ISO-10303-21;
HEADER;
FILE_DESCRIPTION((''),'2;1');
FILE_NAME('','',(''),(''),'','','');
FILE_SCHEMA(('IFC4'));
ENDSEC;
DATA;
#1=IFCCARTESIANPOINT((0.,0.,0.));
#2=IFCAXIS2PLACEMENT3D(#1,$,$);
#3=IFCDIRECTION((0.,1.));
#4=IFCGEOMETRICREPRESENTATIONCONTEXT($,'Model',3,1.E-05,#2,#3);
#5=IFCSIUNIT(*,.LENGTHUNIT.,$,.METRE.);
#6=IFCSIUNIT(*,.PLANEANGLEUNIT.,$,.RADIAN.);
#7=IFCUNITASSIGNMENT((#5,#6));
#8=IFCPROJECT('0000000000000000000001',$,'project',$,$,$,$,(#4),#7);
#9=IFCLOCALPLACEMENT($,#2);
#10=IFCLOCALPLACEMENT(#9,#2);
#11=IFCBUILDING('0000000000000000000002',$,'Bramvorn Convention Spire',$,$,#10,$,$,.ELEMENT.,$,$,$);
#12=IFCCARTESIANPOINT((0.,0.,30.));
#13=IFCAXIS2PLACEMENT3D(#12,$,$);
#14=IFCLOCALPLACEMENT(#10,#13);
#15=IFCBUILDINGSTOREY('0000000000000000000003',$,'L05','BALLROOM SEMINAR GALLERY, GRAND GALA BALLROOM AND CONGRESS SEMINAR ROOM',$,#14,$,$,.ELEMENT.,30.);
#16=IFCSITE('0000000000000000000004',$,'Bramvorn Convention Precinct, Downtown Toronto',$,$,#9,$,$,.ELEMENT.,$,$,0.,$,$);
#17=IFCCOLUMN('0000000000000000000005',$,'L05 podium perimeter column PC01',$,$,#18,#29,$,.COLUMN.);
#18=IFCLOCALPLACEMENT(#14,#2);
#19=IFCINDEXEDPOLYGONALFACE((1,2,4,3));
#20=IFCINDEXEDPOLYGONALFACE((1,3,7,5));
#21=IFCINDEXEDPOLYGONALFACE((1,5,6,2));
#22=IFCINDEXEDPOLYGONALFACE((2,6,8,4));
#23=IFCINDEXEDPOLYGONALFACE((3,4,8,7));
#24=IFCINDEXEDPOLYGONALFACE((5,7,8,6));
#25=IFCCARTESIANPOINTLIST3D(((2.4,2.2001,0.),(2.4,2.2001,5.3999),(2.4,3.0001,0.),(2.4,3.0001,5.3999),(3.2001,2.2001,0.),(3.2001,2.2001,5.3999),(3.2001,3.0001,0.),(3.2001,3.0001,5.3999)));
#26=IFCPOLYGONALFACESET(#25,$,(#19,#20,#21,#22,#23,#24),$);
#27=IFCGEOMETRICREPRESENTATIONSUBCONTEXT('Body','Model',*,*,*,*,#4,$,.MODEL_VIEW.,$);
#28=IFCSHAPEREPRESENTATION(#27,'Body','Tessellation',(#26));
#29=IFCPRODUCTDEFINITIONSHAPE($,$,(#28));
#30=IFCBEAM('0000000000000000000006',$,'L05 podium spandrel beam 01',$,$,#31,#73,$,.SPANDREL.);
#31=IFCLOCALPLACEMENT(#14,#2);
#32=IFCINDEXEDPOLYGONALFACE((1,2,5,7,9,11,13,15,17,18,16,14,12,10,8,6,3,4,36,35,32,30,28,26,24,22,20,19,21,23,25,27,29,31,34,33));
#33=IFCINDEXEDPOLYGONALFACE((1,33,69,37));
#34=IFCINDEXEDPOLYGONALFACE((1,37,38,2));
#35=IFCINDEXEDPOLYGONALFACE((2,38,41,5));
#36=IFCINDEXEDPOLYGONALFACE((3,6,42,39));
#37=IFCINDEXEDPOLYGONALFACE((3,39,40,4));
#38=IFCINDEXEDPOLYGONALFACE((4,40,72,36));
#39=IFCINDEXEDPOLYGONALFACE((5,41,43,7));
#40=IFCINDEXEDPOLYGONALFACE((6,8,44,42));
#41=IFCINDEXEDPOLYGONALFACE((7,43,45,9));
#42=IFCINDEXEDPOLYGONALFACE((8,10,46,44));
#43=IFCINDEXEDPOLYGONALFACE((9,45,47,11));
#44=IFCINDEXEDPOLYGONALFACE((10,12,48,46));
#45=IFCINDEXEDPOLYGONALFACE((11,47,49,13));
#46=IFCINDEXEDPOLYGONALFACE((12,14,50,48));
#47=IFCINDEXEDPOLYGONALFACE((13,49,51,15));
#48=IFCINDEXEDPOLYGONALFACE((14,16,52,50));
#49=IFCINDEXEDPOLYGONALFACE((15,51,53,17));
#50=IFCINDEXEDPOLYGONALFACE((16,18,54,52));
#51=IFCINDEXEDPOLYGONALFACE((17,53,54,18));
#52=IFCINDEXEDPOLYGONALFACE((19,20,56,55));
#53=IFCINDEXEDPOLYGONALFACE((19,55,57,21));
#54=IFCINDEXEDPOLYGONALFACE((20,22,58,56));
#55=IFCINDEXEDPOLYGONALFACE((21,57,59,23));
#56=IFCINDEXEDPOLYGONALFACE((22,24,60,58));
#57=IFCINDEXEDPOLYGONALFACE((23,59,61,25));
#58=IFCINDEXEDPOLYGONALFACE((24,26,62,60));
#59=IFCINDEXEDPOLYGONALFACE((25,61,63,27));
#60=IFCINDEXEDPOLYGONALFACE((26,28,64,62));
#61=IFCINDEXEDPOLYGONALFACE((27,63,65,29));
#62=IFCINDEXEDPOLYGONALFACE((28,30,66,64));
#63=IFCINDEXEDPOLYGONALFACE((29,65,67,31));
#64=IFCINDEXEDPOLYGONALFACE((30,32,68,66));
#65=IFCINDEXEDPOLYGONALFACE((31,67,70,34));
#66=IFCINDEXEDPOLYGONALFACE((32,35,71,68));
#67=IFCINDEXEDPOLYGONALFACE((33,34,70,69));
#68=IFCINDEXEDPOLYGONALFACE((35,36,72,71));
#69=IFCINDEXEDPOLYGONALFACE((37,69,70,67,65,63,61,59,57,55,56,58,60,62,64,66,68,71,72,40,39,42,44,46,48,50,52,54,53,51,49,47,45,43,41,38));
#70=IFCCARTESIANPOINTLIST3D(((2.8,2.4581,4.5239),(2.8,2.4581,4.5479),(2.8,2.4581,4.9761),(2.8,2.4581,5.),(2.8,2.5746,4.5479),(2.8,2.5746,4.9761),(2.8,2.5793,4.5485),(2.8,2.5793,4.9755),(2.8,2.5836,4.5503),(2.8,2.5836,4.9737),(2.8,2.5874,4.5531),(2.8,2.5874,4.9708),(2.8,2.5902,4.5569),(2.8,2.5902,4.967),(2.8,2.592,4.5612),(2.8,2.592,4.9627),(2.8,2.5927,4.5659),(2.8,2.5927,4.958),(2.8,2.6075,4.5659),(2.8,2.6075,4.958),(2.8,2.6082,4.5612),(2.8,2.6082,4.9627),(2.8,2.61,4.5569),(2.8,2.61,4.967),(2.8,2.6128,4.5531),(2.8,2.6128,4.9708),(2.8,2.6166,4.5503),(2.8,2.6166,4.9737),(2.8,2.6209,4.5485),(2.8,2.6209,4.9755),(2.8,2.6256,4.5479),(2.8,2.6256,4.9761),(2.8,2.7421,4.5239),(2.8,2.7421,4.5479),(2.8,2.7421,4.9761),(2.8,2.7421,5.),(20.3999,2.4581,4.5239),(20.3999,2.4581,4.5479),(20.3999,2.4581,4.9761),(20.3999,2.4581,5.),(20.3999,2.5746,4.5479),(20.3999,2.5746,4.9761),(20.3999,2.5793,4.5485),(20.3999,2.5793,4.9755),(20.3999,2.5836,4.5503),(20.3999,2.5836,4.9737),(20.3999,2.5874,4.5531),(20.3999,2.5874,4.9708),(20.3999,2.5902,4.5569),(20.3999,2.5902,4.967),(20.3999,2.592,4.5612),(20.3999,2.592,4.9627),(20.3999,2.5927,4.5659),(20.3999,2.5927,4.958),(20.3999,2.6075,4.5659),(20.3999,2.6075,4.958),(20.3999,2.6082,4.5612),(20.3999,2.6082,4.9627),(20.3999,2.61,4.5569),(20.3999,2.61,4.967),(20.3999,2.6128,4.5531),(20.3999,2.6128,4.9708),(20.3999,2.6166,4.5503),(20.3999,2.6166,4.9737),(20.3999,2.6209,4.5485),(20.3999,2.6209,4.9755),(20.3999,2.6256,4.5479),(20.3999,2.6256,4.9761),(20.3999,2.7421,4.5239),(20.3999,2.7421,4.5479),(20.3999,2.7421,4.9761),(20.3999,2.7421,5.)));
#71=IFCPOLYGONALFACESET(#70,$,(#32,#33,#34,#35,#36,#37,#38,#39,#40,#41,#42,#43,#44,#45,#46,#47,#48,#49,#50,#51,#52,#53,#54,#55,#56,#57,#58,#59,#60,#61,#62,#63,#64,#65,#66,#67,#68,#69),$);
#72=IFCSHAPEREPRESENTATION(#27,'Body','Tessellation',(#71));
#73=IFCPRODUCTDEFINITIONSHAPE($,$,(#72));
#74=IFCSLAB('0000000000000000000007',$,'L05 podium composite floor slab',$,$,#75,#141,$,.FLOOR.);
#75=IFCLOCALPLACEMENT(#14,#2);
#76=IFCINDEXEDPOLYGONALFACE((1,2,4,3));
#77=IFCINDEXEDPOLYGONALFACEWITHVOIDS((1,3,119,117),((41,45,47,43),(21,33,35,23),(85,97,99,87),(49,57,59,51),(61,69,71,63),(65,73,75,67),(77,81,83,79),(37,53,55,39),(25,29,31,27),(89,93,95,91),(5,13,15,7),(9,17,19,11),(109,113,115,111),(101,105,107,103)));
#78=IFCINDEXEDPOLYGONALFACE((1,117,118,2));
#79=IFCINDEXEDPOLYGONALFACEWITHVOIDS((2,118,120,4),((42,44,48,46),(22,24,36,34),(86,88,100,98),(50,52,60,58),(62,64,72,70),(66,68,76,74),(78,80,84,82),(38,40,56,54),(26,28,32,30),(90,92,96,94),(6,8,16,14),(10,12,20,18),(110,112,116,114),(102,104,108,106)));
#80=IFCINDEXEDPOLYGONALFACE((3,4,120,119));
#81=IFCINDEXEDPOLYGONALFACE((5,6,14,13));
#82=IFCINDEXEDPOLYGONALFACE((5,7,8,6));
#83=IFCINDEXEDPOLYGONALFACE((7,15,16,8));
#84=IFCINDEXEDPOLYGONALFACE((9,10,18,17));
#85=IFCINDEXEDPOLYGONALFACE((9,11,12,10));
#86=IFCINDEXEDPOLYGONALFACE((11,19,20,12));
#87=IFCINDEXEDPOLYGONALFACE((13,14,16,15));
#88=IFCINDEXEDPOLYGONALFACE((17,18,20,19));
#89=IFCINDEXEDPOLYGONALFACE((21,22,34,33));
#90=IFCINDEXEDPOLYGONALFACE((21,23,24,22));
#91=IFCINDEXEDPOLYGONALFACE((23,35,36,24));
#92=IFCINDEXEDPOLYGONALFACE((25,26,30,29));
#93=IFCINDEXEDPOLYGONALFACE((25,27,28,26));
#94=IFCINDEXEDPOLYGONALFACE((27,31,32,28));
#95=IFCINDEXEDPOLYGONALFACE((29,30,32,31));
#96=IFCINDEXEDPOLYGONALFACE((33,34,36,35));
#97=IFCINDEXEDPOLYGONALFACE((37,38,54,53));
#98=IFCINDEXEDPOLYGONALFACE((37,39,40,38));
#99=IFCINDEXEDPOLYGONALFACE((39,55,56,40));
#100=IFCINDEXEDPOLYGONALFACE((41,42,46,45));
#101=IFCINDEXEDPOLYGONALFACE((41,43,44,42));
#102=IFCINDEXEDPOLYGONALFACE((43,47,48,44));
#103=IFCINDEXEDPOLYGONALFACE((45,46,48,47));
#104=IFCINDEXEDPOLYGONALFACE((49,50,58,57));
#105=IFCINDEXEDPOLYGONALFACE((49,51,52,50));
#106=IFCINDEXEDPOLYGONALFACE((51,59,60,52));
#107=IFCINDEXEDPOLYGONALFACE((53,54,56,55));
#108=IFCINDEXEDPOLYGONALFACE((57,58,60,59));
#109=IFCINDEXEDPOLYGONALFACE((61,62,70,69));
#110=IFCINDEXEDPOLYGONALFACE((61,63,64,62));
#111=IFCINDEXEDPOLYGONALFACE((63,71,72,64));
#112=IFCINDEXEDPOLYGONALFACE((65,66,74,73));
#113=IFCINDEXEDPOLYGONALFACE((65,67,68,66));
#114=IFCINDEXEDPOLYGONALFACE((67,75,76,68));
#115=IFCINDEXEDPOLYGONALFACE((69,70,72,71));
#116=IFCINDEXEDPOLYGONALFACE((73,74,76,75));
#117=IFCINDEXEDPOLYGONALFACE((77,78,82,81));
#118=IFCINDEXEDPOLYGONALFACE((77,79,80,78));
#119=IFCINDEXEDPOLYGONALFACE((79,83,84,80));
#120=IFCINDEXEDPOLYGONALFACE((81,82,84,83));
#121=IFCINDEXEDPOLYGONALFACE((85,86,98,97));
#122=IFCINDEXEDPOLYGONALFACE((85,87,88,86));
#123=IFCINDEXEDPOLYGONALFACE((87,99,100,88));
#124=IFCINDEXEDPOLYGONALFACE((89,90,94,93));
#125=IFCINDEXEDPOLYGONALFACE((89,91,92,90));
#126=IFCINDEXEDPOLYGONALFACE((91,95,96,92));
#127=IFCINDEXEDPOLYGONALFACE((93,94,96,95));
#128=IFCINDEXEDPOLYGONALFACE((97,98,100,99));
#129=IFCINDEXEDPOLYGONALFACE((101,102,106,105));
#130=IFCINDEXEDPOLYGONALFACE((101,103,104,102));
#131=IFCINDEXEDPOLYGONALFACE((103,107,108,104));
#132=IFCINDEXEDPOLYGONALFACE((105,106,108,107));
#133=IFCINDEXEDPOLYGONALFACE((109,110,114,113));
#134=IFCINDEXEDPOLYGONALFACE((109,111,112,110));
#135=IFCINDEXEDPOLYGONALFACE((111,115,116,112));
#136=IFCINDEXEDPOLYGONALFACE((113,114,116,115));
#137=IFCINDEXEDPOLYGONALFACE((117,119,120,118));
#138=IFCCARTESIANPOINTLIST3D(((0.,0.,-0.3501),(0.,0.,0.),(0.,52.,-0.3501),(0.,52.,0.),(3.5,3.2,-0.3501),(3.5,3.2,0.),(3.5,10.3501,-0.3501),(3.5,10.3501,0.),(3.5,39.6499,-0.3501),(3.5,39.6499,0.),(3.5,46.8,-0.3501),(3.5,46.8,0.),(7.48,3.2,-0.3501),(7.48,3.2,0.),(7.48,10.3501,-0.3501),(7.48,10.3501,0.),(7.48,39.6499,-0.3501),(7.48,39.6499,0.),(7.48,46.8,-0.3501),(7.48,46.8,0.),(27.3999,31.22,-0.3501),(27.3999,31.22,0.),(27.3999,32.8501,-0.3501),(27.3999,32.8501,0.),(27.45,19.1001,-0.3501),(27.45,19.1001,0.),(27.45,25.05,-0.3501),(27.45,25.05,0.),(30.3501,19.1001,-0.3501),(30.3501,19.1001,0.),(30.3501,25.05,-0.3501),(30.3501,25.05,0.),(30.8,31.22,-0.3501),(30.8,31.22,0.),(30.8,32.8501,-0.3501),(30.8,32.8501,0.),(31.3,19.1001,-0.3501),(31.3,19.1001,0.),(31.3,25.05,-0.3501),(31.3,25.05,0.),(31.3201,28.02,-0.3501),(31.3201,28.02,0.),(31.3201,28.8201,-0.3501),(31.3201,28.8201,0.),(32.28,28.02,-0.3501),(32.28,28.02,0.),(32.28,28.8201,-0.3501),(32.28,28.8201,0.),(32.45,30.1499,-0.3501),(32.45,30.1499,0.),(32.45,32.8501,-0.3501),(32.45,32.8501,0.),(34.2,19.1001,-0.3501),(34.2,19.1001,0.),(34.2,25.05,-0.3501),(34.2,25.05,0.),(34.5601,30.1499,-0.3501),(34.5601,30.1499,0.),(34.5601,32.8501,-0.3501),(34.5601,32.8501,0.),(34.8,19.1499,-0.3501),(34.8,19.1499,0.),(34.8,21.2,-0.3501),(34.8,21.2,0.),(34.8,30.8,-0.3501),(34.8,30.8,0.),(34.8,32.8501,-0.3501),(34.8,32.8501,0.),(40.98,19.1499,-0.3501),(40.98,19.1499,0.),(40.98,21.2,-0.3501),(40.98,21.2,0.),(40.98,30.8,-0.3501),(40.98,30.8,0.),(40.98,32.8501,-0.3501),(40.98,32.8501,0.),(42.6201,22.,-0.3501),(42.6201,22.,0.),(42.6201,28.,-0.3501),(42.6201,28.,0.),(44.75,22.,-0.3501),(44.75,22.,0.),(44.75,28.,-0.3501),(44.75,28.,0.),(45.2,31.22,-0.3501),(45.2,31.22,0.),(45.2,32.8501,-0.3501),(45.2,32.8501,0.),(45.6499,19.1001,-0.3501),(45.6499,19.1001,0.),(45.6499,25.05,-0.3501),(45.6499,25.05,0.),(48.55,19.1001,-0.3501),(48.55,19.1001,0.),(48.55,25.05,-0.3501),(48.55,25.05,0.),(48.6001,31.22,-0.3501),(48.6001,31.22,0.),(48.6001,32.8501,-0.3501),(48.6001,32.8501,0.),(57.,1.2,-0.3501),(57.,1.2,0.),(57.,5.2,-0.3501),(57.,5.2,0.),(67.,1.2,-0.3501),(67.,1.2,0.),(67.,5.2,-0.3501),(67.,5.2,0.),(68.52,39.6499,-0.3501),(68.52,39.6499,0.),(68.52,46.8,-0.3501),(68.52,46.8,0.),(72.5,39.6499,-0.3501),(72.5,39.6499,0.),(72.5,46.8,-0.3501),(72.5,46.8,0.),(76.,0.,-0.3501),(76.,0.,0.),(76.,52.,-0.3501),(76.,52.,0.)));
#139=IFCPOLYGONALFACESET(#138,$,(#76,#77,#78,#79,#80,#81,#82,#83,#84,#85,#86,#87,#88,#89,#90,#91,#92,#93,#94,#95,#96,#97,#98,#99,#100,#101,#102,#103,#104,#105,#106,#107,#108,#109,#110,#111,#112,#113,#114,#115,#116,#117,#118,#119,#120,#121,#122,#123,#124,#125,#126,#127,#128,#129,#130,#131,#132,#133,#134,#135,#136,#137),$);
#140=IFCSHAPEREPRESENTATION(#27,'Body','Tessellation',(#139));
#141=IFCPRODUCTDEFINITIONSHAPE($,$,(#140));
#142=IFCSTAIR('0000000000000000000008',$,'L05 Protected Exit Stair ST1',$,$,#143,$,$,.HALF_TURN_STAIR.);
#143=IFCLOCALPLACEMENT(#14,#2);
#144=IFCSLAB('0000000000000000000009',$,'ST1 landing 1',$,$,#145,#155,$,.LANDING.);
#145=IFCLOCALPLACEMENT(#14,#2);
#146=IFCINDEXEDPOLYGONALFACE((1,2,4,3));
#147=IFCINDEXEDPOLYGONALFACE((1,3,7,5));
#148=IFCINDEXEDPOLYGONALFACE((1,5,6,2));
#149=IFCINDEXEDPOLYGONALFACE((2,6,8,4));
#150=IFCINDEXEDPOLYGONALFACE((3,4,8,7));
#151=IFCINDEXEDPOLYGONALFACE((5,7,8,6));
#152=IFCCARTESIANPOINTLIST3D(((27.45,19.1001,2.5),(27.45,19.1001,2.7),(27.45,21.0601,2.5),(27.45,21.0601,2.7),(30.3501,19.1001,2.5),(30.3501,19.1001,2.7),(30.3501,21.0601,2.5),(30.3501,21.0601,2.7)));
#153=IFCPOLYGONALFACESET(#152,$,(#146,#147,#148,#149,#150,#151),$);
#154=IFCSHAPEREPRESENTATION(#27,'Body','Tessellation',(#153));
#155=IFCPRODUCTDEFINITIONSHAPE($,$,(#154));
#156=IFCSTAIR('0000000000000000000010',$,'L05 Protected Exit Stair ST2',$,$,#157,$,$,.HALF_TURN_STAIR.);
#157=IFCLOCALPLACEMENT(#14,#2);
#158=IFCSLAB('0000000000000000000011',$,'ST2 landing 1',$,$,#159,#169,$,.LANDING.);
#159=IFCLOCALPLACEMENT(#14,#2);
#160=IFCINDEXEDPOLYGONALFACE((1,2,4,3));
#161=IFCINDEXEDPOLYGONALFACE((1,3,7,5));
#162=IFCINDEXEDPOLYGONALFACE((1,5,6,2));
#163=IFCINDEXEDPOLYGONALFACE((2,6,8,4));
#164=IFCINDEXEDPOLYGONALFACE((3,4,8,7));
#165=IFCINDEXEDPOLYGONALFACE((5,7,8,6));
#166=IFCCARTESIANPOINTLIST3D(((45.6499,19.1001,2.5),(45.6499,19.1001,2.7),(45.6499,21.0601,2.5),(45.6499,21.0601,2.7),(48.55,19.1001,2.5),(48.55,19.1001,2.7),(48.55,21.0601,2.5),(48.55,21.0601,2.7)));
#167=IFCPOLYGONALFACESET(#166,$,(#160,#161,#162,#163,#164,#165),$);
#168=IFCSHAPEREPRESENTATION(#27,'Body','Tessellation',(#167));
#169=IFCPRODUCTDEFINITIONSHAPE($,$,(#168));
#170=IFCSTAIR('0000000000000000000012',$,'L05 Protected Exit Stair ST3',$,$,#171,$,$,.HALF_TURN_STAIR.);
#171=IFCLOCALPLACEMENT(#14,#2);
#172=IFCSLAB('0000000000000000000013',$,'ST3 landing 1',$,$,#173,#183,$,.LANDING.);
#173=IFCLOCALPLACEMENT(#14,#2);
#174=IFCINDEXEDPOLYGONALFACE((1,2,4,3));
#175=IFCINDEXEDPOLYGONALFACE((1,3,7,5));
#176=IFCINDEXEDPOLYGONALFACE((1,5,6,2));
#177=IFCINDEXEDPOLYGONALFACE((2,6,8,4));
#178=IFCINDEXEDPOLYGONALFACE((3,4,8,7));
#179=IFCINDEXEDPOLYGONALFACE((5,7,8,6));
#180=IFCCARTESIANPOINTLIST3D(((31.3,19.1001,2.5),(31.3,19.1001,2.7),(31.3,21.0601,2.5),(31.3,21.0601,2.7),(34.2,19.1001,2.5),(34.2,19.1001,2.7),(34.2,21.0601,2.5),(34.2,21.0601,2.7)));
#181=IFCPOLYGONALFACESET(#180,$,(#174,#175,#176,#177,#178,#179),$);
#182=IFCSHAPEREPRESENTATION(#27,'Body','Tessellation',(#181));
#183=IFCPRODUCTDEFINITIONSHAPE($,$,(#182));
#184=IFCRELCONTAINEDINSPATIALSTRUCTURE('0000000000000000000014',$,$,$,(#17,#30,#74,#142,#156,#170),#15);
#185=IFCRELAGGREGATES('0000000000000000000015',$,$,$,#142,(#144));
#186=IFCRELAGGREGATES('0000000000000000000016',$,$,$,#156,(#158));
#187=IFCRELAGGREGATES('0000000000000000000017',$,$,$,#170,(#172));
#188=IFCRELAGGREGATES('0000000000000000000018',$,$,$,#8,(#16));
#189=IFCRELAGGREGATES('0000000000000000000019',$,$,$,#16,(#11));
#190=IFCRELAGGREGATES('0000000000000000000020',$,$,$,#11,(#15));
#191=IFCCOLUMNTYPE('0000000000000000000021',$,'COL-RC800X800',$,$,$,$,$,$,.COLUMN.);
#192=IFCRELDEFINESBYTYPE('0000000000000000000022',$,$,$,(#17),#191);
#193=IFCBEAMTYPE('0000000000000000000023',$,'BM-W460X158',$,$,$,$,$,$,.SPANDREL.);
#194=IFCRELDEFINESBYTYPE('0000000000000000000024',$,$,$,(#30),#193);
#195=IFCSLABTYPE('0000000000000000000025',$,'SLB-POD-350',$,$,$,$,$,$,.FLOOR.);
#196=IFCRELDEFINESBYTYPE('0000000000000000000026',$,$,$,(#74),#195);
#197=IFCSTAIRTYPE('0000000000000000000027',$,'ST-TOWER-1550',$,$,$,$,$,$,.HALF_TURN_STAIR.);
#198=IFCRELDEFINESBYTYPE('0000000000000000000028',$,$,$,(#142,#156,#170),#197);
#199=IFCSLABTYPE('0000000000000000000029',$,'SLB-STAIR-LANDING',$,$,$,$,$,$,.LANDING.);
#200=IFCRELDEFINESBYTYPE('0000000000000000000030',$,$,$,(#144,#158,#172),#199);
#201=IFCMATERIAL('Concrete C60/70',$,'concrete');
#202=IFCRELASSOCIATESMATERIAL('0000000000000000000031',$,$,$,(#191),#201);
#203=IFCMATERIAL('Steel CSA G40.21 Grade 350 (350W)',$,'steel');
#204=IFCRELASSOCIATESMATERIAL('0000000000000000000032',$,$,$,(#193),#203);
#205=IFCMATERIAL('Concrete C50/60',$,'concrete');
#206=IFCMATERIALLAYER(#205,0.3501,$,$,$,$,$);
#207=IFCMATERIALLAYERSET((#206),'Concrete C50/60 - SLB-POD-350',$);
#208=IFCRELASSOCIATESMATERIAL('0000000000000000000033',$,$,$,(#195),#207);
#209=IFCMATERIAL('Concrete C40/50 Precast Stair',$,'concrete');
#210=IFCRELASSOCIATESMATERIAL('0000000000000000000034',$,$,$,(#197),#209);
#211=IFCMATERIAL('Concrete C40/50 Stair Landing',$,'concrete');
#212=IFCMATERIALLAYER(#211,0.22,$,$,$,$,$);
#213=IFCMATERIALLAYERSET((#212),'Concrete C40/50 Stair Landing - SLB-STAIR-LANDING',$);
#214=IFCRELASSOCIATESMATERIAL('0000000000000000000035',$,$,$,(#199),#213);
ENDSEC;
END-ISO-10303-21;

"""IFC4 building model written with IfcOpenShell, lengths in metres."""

from ifc_helpers import new_model, si_unit, direction, frame, origin, origin_2d, place, context, subcontext, project, spatial, polyline, rectangle, i_section, outline, extrude, material, layer, layer_set, material_profile, profile_set, type_object, element, aggregate, save


model = new_model("IFC4")

# Units and contexts
model_context = context("Model", 3, precision=1e-05, world=origin(), true_north=direction((0.0, 1.0)))
body_context = subcontext(model_context, "Body", "Model", "MODEL_VIEW")
ifc_project = project(units=[si_unit("LENGTHUNIT", "METRE"), si_unit("PLANEANGLEUNIT", "RADIAN")], contexts=[model_context])

# Site, building, storey
site_placement = place(None, origin())
site = spatial("IfcSite", under=ifc_project, at=site_placement, Name="Bramvorn Convention Precinct, Downtown Toronto", CompositionType="ELEMENT", RefElevation=0.0)
building_placement = place(site_placement, origin())
building = spatial("IfcBuilding", under=site, at=building_placement, Name="Bramvorn Convention Spire", CompositionType="ELEMENT")
storey_placement = place(building_placement, frame((0.0, 0.0, 30.0)))
storey = spatial("IfcBuildingStorey", under=building, at=storey_placement, Name="L05", Description="BALLROOM SEMINAR GALLERY, GRAND GALA BALLROOM AND CONGRESS SEMINAR ROOM", CompositionType="ELEMENT", Elevation=30.0)

# Column
ifc_material_1 = material(Name="Concrete C60/70", Category="concrete")
ifc_material_profile_1 = material_profile(ifc_material_1, rectangle(XDim=0.8, YDim=0.8, at=origin_2d()))
ifc_profile_set_1 = profile_set([ifc_material_profile_1], Name="Concrete C60/70 - RC800X800")
column_type = type_object("IfcColumnType", Name="COL-RC800X800", PredefinedType="COLUMN", material=ifc_profile_set_1)
column_placement = place(storey_placement, frame((2.8, 2.6001, 0.0), z_axis=(0.0, 0.0, 1.0), x_axis=(1.0, 0.0, 0.0)))
element("IfcColumn", 1, at=column_placement, inside=storey, type_object=column_type, Name="L05 podium perimeter column PC01", PredefinedType="COLUMN", context=body_context, shape_type="SweptSolid", body=[
    extrude(rectangle(XDim=0.8, YDim=0.8, at=origin_2d()), origin(), (0.0, 0.0, 1.0), 5.3999),
])

# Beam
ifc_material_2 = material(Name="Steel CSA G40.21 Grade 350 (350W)", Category="steel")
ifc_material_profile_2 = material_profile(ifc_material_2, i_section(OverallWidth=0.2839, OverallDepth=0.4761, WebThickness=0.0149, FlangeThickness=0.0239, FilletRadius=0.0181, at=origin_2d()))
ifc_profile_set_2 = profile_set([ifc_material_profile_2], Name="Steel CSA G40.21 Grade 350 (350W) - W460X158")
beam_type = type_object("IfcBeamType", Name="BM-W460X158", PredefinedType="SPANDREL", material=ifc_profile_set_2)
beam_placement = place(storey_placement, frame((2.8, 2.6001, 4.762), z_axis=(1.0, 0.0, 0.0), x_axis=(0.0, 1.0, 0.0)))
element("IfcBeam", 2, at=beam_placement, inside=storey, type_object=beam_type, Name="L05 podium spandrel beam 01", PredefinedType="SPANDREL", context=body_context, shape_type="SweptSolid", body=[
    extrude(i_section(OverallWidth=0.2839, OverallDepth=0.4761, WebThickness=0.0149, FlangeThickness=0.0239, FilletRadius=0.0181, at=origin_2d()), origin(), (0.0, 0.0, 1.0), 17.5999),
])

# Slab
ifc_material_3 = material(Name="Concrete C50/60", Category="concrete")
ifc_layer_1 = layer(ifc_material_3, 0.3501)
ifc_layer_set_1 = layer_set([ifc_layer_1], Name="Concrete C50/60 - SLB-POD-350")
slab_type_1 = type_object("IfcSlabType", Name="SLB-POD-350", PredefinedType="FLOOR", material=ifc_layer_set_1)
slab_1_placement = place(storey_placement, frame((0.0, 0.0, -0.3501)))
element("IfcSlab", 3, at=slab_1_placement, inside=storey, type_object=slab_type_1, Name="L05 podium composite floor slab", PredefinedType="FLOOR", context=body_context, shape_type="SweptSolid", body=[
    extrude(outline(polyline([(0.0, 0.0), (76.0, 0.0), (76.0, 52.0), (0.0, 52.0), (0.0, 0.0)]), holes=[polyline([(27.45, 25.05), (27.45, 19.1001), (30.3501, 19.1001), (30.3501, 25.05), (27.45, 25.05)]), polyline([(45.6499, 25.05), (45.6499, 19.1001), (48.55, 19.1001), (48.55, 25.05), (45.6499, 25.05)]), polyline([(31.3, 25.05), (31.3, 19.1001), (34.2, 19.1001), (34.2, 25.05), (31.3, 25.05)]), polyline([(3.5, 10.3501), (3.5, 3.2), (7.48, 3.2), (7.48, 10.3501), (3.5, 10.3501)]), polyline([(68.52, 46.8), (68.52, 39.6499), (72.5, 39.6499), (72.5, 46.8), (68.52, 46.8)]), polyline([(3.5, 46.8), (3.5, 39.6499), (7.48, 39.6499), (7.48, 46.8), (3.5, 46.8)]), polyline([(27.3999, 31.22), (30.8, 31.22), (30.8, 32.8501), (27.3999, 32.8501), (27.3999, 31.22)]), polyline([(45.2, 31.22), (48.6001, 31.22), (48.6001, 32.8501), (45.2, 32.8501), (45.2, 31.22)]), polyline([(32.45, 30.1499), (34.5601, 30.1499), (34.5601, 32.8501), (32.45, 32.8501), (32.45, 30.1499)]), polyline([(34.8, 30.8), (40.98, 30.8), (40.98, 32.8501), (34.8, 32.8501), (34.8, 30.8)]), polyline([(34.8, 19.1499), (40.98, 19.1499), (40.98, 21.2), (34.8, 21.2), (34.8, 19.1499)]), polyline([(42.6201, 22.0), (44.75, 22.0), (44.75, 28.0), (42.6201, 28.0), (42.6201, 22.0)]), polyline([(31.3201, 28.02), (32.28, 28.02), (32.28, 28.8201), (31.3201, 28.8201), (31.3201, 28.02)]), polyline([(57.0, 1.2), (67.0, 1.2), (67.0, 5.2), (57.0, 5.2), (57.0, 1.2)])]), origin(), (0.0, 0.0, 1.0), 0.3501),
])

# Stairs, slabs
ifc_material_4 = material(Name="Concrete C40/50 Precast Stair", Category="concrete")
stair_type_1 = type_object("IfcStairType", Name="ST-TOWER-1550", PredefinedType="HALF_TURN_STAIR", material=ifc_material_4)
stair_1_placement = place(storey_placement, origin())
stair_1 = element("IfcStair", 4, at=stair_1_placement, inside=storey, type_object=stair_type_1, Name="L05 Protected Exit Stair ST1", PredefinedType="HALF_TURN_STAIR")
ifc_material_5 = material(Name="Concrete C40/50 Stair Landing", Category="concrete")
ifc_layer_2 = layer(ifc_material_5, 0.22)
ifc_layer_set_2 = layer_set([ifc_layer_2], Name="Concrete C40/50 Stair Landing - SLB-STAIR-LANDING")
slab_type_2 = type_object("IfcSlabType", Name="SLB-STAIR-LANDING", PredefinedType="LANDING", material=ifc_layer_set_2)
slab_2_placement = place(storey_placement, frame((0.0, 0.0, 2.5)))
slab_2 = element("IfcSlab", 5, at=slab_2_placement, type_object=slab_type_2, Name="ST1 landing 1", PredefinedType="LANDING", context=body_context, shape_type="SweptSolid", body=[
    extrude(outline(polyline([(27.45, 21.0601), (27.45, 19.1001), (30.3501, 19.1001), (30.3501, 21.0601), (27.45, 21.0601)])), origin(), (0.0, 0.0, 1.0), 0.2),
])
aggregate(stair_1, [slab_2])
stair_2_placement = place(storey_placement, origin())
stair_2 = element("IfcStair", 6, at=stair_2_placement, inside=storey, type_object=stair_type_1, Name="L05 Protected Exit Stair ST2", PredefinedType="HALF_TURN_STAIR")
slab_3_placement = place(storey_placement, frame((0.0, 0.0, 2.5)))
slab_3 = element("IfcSlab", 7, at=slab_3_placement, type_object=slab_type_2, Name="ST2 landing 1", PredefinedType="LANDING", context=body_context, shape_type="SweptSolid", body=[
    extrude(outline(polyline([(45.6499, 21.0601), (45.6499, 19.1001), (48.55, 19.1001), (48.55, 21.0601), (45.6499, 21.0601)])), origin(), (0.0, 0.0, 1.0), 0.2),
])
aggregate(stair_2, [slab_3])
stair_3_placement = place(storey_placement, origin())
stair_3 = element("IfcStair", 8, at=stair_3_placement, inside=storey, type_object=stair_type_1, Name="L05 Protected Exit Stair ST3", PredefinedType="HALF_TURN_STAIR")
slab_4_placement = place(storey_placement, frame((0.0, 0.0, 2.5)))
slab_4 = element("IfcSlab", 9, at=slab_4_placement, type_object=slab_type_2, Name="ST3 landing 1", PredefinedType="LANDING", context=body_context, shape_type="SweptSolid", body=[
    extrude(outline(polyline([(31.3, 21.0601), (31.3, 19.1001), (34.2, 19.1001), (34.2, 21.0601), (31.3, 21.0601)])), origin(), (0.0, 0.0, 1.0), 0.2),
])
aggregate(stair_3, [slab_4])

save(model, "model.ifc")
